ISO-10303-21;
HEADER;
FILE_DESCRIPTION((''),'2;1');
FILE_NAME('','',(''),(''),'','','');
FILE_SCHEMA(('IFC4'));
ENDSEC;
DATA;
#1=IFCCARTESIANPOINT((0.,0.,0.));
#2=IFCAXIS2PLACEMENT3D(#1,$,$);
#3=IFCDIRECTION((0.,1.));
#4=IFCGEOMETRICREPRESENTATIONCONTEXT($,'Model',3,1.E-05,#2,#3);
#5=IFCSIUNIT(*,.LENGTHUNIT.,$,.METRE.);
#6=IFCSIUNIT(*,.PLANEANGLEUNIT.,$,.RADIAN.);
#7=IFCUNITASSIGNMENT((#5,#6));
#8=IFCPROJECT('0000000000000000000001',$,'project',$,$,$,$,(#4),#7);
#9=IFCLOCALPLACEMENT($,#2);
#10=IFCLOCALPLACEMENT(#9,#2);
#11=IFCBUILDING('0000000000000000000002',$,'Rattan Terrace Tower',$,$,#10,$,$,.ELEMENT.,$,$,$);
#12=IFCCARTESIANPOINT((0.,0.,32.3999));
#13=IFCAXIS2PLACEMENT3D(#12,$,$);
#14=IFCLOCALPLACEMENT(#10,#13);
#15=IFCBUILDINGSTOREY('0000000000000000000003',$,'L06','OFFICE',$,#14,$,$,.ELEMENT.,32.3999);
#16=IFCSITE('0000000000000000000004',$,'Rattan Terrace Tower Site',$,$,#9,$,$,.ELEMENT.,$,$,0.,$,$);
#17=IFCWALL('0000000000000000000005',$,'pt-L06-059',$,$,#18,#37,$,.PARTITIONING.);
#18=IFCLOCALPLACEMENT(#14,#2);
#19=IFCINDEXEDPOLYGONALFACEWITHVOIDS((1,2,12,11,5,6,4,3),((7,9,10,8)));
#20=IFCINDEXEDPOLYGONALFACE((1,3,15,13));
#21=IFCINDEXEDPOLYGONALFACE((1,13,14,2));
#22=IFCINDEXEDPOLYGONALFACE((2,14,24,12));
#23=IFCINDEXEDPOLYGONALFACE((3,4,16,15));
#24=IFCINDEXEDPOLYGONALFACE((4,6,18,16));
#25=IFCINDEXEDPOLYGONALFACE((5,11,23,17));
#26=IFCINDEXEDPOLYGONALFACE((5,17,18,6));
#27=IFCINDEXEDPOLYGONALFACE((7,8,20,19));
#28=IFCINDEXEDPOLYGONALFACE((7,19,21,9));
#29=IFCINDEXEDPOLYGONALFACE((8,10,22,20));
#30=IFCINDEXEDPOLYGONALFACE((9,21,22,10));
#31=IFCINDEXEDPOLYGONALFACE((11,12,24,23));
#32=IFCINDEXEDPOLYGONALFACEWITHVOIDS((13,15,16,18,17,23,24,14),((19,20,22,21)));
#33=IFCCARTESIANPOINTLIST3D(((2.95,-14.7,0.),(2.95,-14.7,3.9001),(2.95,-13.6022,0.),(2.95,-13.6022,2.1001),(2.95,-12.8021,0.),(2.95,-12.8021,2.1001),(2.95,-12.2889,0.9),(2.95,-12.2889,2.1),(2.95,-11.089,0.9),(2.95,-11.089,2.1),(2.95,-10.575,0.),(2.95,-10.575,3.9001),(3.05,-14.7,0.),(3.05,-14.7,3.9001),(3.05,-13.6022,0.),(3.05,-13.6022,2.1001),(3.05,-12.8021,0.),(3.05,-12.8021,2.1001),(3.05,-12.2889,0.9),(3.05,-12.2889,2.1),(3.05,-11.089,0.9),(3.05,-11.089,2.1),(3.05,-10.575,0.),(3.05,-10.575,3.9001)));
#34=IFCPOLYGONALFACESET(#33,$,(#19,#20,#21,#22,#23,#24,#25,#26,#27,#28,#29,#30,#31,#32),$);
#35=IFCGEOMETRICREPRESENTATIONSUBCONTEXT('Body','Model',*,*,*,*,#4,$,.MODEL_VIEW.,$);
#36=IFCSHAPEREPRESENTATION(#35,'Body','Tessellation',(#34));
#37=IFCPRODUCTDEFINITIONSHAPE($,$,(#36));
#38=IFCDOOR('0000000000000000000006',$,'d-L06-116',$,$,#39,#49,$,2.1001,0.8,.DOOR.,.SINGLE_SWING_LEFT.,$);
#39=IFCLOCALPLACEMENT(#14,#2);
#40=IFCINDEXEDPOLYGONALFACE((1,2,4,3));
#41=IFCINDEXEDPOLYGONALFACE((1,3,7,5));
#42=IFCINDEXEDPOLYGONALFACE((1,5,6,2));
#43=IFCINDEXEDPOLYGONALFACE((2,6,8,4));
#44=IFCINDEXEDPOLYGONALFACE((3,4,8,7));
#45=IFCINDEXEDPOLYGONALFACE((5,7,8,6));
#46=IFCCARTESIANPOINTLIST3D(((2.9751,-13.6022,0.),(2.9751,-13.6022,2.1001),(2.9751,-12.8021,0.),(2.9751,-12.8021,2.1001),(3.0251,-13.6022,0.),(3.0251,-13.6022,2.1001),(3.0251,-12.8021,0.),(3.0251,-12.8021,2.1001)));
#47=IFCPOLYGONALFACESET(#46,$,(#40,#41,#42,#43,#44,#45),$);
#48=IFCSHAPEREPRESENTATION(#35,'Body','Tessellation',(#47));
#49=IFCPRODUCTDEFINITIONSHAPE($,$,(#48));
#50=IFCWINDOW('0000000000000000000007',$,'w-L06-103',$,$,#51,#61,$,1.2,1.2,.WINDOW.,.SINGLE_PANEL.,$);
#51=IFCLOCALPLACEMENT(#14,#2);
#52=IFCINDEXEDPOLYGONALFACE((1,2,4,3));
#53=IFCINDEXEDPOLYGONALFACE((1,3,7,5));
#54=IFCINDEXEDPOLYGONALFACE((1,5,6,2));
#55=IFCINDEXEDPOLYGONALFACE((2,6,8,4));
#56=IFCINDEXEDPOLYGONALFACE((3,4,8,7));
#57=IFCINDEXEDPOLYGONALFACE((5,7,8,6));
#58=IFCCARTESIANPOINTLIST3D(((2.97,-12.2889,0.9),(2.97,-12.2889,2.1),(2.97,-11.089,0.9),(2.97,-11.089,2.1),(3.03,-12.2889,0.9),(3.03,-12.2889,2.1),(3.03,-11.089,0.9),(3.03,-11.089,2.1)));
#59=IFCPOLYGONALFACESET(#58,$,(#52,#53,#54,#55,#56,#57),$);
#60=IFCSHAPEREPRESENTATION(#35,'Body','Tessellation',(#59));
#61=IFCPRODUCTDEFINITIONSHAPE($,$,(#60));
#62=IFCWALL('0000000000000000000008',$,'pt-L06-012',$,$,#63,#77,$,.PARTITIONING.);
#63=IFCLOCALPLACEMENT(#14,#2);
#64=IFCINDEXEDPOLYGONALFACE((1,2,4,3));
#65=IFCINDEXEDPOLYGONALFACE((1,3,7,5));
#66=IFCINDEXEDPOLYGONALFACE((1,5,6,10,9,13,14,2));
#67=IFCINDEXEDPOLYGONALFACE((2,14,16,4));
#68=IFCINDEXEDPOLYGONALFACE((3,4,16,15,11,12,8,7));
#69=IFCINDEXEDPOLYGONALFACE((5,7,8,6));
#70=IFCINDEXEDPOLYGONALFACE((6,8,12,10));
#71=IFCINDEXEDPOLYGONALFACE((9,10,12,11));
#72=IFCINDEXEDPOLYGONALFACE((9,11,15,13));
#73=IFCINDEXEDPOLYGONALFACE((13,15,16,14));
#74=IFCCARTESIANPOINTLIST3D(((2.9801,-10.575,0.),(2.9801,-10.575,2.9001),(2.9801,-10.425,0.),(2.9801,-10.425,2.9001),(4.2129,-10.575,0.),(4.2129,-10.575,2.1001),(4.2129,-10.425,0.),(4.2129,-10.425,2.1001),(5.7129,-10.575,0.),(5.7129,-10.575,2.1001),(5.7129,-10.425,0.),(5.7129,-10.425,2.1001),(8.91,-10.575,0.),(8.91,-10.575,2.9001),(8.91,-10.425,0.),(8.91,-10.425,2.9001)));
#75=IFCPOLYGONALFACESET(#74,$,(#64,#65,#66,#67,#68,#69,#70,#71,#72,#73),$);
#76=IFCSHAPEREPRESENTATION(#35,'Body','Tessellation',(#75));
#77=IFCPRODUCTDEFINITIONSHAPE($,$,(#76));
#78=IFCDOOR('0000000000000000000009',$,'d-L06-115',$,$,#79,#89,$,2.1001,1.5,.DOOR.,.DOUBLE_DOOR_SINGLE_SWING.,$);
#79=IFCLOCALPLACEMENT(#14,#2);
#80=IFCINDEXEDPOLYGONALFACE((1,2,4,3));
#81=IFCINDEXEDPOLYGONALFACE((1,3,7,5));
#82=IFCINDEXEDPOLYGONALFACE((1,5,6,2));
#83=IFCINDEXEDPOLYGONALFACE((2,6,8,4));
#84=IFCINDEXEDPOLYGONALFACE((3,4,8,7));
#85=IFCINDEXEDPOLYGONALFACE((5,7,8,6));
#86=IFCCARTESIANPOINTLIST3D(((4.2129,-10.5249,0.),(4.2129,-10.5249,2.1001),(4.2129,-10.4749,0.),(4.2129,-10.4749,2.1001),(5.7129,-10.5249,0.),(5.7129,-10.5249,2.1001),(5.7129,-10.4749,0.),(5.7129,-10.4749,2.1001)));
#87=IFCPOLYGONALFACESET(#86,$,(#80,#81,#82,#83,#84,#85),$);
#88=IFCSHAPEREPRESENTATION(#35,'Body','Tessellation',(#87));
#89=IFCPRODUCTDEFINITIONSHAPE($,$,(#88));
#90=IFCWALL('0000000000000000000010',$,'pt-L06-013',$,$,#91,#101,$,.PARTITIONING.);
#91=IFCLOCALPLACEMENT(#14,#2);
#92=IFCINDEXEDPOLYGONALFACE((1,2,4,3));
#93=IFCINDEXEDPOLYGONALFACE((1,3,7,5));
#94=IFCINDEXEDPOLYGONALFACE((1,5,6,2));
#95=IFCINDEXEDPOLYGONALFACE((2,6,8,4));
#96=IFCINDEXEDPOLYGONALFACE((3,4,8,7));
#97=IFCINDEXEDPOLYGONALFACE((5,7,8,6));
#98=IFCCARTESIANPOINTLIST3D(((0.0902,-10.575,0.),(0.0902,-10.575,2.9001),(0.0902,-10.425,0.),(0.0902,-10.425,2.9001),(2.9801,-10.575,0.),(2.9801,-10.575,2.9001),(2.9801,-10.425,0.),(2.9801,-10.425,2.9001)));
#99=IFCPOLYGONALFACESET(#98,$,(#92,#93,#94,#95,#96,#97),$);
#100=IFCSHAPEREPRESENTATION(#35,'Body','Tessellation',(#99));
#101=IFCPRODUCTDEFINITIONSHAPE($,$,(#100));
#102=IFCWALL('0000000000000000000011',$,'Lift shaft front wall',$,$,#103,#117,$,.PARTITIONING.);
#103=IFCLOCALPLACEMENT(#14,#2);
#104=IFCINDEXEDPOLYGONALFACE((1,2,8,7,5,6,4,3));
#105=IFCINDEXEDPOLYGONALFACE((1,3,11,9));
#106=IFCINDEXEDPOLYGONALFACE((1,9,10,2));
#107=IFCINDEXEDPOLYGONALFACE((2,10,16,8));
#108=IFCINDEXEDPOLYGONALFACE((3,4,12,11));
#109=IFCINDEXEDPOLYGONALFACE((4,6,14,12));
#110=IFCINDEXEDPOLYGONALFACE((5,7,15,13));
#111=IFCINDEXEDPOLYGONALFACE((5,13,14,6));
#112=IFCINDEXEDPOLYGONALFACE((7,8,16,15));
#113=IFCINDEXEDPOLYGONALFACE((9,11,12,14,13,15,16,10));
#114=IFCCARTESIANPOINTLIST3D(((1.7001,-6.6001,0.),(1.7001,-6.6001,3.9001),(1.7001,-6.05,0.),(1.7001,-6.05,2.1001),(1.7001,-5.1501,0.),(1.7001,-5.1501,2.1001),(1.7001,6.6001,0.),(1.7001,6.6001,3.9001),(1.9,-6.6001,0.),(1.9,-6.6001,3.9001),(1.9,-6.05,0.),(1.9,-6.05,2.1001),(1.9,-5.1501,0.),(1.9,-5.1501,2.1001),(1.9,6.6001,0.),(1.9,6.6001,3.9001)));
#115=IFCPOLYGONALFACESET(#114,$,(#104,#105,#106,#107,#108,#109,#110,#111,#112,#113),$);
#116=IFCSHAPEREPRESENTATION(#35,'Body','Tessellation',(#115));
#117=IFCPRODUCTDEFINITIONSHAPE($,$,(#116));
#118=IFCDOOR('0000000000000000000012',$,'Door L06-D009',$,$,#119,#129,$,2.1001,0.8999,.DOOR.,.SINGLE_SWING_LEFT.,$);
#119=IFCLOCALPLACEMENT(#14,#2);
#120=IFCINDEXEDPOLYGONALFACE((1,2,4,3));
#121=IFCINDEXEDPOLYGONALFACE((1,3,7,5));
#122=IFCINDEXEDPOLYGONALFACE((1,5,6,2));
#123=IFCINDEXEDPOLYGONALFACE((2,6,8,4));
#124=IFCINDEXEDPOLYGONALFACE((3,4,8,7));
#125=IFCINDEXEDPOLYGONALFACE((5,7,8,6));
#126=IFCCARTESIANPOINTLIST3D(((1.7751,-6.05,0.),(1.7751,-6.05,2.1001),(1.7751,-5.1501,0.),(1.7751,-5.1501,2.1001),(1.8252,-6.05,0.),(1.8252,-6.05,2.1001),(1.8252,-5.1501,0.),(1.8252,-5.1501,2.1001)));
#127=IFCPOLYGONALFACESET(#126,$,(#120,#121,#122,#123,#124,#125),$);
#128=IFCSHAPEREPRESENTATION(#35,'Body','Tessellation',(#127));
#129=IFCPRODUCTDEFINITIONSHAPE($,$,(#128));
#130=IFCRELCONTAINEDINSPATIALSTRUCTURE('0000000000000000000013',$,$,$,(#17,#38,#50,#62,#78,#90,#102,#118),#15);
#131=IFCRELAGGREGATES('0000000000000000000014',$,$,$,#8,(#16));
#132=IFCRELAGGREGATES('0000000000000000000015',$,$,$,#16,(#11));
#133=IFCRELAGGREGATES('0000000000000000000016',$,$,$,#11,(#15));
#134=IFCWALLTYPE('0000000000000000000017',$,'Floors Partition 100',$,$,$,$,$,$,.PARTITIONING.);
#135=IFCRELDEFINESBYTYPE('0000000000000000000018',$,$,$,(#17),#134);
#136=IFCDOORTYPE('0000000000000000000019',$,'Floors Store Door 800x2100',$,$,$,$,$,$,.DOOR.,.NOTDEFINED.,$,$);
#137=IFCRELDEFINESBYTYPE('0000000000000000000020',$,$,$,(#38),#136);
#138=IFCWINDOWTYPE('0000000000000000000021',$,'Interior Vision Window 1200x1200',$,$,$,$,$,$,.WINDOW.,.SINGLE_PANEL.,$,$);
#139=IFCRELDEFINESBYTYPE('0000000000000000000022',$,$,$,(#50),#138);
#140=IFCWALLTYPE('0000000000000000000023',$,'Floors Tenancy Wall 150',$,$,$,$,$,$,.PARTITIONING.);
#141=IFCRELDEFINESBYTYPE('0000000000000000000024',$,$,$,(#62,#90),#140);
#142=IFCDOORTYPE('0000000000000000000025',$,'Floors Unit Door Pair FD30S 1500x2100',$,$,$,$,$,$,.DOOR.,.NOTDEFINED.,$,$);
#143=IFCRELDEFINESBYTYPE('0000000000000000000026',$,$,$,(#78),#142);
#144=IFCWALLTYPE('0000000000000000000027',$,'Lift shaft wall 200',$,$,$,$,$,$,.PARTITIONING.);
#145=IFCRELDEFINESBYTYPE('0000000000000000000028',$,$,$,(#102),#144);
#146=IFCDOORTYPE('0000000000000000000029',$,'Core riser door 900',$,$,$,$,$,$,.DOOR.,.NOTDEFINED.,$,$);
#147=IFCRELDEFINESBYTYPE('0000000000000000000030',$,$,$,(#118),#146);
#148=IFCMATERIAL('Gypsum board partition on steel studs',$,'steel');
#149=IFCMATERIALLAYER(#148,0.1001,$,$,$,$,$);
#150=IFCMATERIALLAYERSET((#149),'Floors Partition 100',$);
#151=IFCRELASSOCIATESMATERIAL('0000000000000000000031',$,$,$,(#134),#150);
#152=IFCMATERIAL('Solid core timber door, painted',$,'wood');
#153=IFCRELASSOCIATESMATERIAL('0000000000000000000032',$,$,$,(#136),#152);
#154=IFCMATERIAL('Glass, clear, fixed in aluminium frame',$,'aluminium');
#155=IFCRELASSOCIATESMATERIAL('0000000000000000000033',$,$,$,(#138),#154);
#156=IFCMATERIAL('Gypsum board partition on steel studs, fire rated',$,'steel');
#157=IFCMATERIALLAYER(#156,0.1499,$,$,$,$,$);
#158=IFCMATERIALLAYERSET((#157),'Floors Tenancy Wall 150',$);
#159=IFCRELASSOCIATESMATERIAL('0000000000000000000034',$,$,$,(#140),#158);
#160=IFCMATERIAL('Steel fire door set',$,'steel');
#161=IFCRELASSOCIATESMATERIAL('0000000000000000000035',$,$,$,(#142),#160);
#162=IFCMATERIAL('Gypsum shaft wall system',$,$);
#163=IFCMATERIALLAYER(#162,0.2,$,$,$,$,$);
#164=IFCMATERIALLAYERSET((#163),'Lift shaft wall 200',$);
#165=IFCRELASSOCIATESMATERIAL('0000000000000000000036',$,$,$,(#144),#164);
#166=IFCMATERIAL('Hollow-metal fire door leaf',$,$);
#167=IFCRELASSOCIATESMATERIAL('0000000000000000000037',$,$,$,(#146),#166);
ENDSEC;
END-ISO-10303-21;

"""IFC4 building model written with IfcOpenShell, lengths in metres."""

from ifc_helpers import new_model, si_unit, direction, frame, frame_2d, origin, place, context, subcontext, project, spatial, rectangle, extrude, material, layer, layer_set, type_object, element, fill, save


model = new_model("IFC4")

# Units and contexts
model_context = context("Model", 3, precision=1e-05, world=origin(), true_north=direction((0.0, 1.0)))
body_context = subcontext(model_context, "Body", "Model", "MODEL_VIEW")
ifc_project = project(units=[si_unit("LENGTHUNIT", "METRE"), si_unit("PLANEANGLEUNIT", "RADIAN")], contexts=[model_context])

# Site, building, storey
site_placement = place(None, origin())
site = spatial("IfcSite", under=ifc_project, at=site_placement, Name="Rattan Terrace Tower Site", CompositionType="ELEMENT", RefElevation=0.0)
building_placement = place(site_placement, origin())
building = spatial("IfcBuilding", under=site, at=building_placement, Name="Rattan Terrace Tower", CompositionType="ELEMENT")
storey_placement = place(building_placement, frame((0.0, 0.0, 32.3999)))
storey = spatial("IfcBuildingStorey", under=building, at=storey_placement, Name="L06", Description="OFFICE", CompositionType="ELEMENT", Elevation=32.3999)

# Shared definitions
ifc_material_1 = material(Name="Gypsum board partition on steel studs", Category="steel")
ifc_layer_1 = layer(ifc_material_1, 0.1001)
ifc_layer_set_1 = layer_set([ifc_layer_1], Name="Floors Partition 100")
wall_type_1 = type_object("IfcWallType", Name="Floors Partition 100", PredefinedType="PARTITIONING", material=ifc_layer_set_1)

# Wall, openings, door, window
wall_1_placement = place(storey_placement, frame((3.0, -14.7, 0.0), z_axis=(0.0, 0.0, 1.0), x_axis=(0.0, 1.0, 0.0)))
wall_1 = element("IfcWall", 1, at=wall_1_placement, inside=storey, type_object=wall_type_1, Name="pt-L06-059", PredefinedType="PARTITIONING", context=body_context, shape_type="SweptSolid", body=[
    extrude(rectangle(XDim=4.125, YDim=0.1001, at=frame_2d((2.0625, 0.0))), origin(), (0.0, 0.0, 1.0), 3.9001),
])
opening_1_placement = place(wall_1_placement, frame((1.0979, 0.0, 0.0)))
opening_1 = element("IfcOpeningElement", 2, at=opening_1_placement, cuts=wall_1, PredefinedType="OPENING", context=body_context, shape_type="SweptSolid", body=[
    extrude(rectangle(XDim=0.8, YDim=2.1001, at=frame_2d((0.3999, 1.05))), frame((0.0, 0.0605, 0.0), z_axis=(0.0, -1.0, 0.0), x_axis=(1.0, 0.0, 0.0)), (0.0, 0.0, 1.0), 0.1211),
])
opening_2_placement = place(wall_1_placement, frame((2.4109, 0.0, 0.8999)))
opening_2 = element("IfcOpeningElement", 3, at=opening_2_placement, cuts=wall_1, PredefinedType="OPENING", context=body_context, shape_type="SweptSolid", body=[
    extrude(rectangle(XDim=1.2, YDim=1.2, at=frame_2d((0.6001, 0.6001))), frame((0.0, 0.0605, 0.0), z_axis=(0.0, -1.0, 0.0), x_axis=(1.0, 0.0, 0.0)), (0.0, 0.0, 1.0), 0.1211),
])
ifc_material_2 = material(Name="Solid core timber door, painted", Category="wood")
door_type_1 = type_object("IfcDoorType", Name="Floors Store Door 800x2100", OperationType="NOTDEFINED", PredefinedType="DOOR", material=ifc_material_2)
door_1_placement = place(opening_1_placement, origin())
door_1 = element("IfcDoor", 4, at=door_1_placement, inside=storey, type_object=door_type_1, Name="d-L06-116", OperationType="SINGLE_SWING_LEFT", OverallHeight=2.1001, OverallWidth=0.8, PredefinedType="DOOR", context=body_context, shape_type="SweptSolid", body=[
    extrude(rectangle(XDim=0.8, YDim=2.1001, at=frame_2d((0.3999, 1.05))), frame((0.0, 0.0249, 0.0), z_axis=(0.0, -1.0, 0.0), x_axis=(1.0, 0.0, 0.0)), (0.0, 0.0, 1.0), 0.05),
])
fill(opening_1, door_1)
ifc_material_3 = material(Name="Glass, clear, fixed in aluminium frame", Category="aluminium")
window_type_1 = type_object("IfcWindowType", Name="Interior Vision Window 1200x1200", PartitioningType="SINGLE_PANEL", PredefinedType="WINDOW", material=ifc_material_3)
window_1_placement = place(opening_2_placement, origin())
window_1 = element("IfcWindow", 5, at=window_1_placement, inside=storey, type_object=window_type_1, Name="w-L06-103", OverallHeight=1.2, OverallWidth=1.2, PartitioningType="SINGLE_PANEL", PredefinedType="WINDOW", context=body_context, shape_type="SweptSolid", body=[
    extrude(rectangle(XDim=1.2, YDim=1.2, at=frame_2d((0.6001, 0.6001))), frame((0.0, 0.03, 0.0), z_axis=(0.0, -1.0, 0.0), x_axis=(1.0, 0.0, 0.0)), (0.0, 0.0, 1.0), 0.0601),
])
fill(opening_2, window_1)

# Wall, opening, door
ifc_material_4 = material(Name="Gypsum board partition on steel studs, fire rated", Category="steel")
ifc_layer_2 = layer(ifc_material_4, 0.1499)
ifc_layer_set_2 = layer_set([ifc_layer_2], Name="Floors Tenancy Wall 150")
wall_type_2 = type_object("IfcWallType", Name="Floors Tenancy Wall 150", PredefinedType="PARTITIONING", material=ifc_layer_set_2)
wall_2_placement = place(storey_placement, frame((8.9099, -10.5, 0.0), z_axis=(0.0, 0.0, 1.0), x_axis=(-1.0, 0.0, 0.0)))
wall_2 = element("IfcWall", 6, at=wall_2_placement, inside=storey, type_object=wall_type_2, Name="pt-L06-012", PredefinedType="PARTITIONING", context=body_context, shape_type="SweptSolid", body=[
    extrude(rectangle(XDim=5.9299, YDim=0.1499, at=frame_2d((2.9648, 0.0))), origin(), (0.0, 0.0, 1.0), 2.9001),
])
opening_3_placement = place(wall_2_placement, frame((3.197, 0.0, 0.0)))
opening_3 = element("IfcOpeningElement", 7, at=opening_3_placement, cuts=wall_2, PredefinedType="OPENING", context=body_context, shape_type="SweptSolid", body=[
    extrude(rectangle(XDim=1.5, YDim=2.1001, at=frame_2d((0.75, 1.05))), frame((0.0, 0.0854, 0.0), z_axis=(0.0, -1.0, 0.0), x_axis=(1.0, 0.0, 0.0)), (0.0, 0.0, 1.0), 0.1709),
])
ifc_material_5 = material(Name="Steel fire door set", Category="steel")
door_type_2 = type_object("IfcDoorType", Name="Floors Unit Door Pair FD30S 1500x2100", OperationType="NOTDEFINED", PredefinedType="DOOR", material=ifc_material_5)
door_2_placement = place(opening_3_placement, origin())
door_2 = element("IfcDoor", 8, at=door_2_placement, inside=storey, type_object=door_type_2, Name="d-L06-115", OperationType="DOUBLE_DOOR_SINGLE_SWING", OverallHeight=2.1001, OverallWidth=1.5, PredefinedType="DOOR", context=body_context, shape_type="SweptSolid", body=[
    extrude(rectangle(XDim=1.5, YDim=2.1001, at=frame_2d((0.75, 1.05))), frame((0.0, 0.0249, 0.0), z_axis=(0.0, -1.0, 0.0), x_axis=(1.0, 0.0, 0.0)), (0.0, 0.0, 1.0), 0.05),
])
fill(opening_3, door_2)

# Wall
wall_3_placement = place(storey_placement, frame((2.98, -10.5, 0.0), z_axis=(0.0, 0.0, 1.0), x_axis=(-1.0, 0.0, 0.0)))
element("IfcWall", 9, at=wall_3_placement, inside=storey, type_object=wall_type_2, Name="pt-L06-013", PredefinedType="PARTITIONING", context=body_context, shape_type="SweptSolid", body=[
    extrude(rectangle(XDim=2.8899, YDim=0.1499, at=frame_2d((1.4448, 0.0))), origin(), (0.0, 0.0, 1.0), 2.9001),
])

# Wall, opening, door
ifc_material_6 = material(Name="Gypsum shaft wall system")
ifc_layer_3 = layer(ifc_material_6, 0.2)
ifc_layer_set_3 = layer_set([ifc_layer_3], Name="Lift shaft wall 200")
wall_type_3 = type_object("IfcWallType", Name="Lift shaft wall 200", PredefinedType="PARTITIONING", material=ifc_layer_set_3)
wall_4_placement = place(storey_placement, frame((1.8, -6.6001, 0.0), z_axis=(0.0, 0.0, 1.0), x_axis=(0.0, 1.0, 0.0)))
wall_4 = element("IfcWall", 10, at=wall_4_placement, inside=storey, type_object=wall_type_3, Name="Lift shaft front wall", PredefinedType="PARTITIONING", context=body_context, shape_type="SweptSolid", body=[
    extrude(rectangle(XDim=13.2002, YDim=0.2, at=frame_2d((6.6001, 0.0))), origin(), (0.0, 0.0, 1.0), 3.9001),
])
opening_4_placement = place(wall_4_placement, frame((0.55, 0.0, 0.0)))
opening_4 = element("IfcOpeningElement", 11, at=opening_4_placement, cuts=wall_4, PredefinedType="OPENING", context=body_context, shape_type="SweptSolid", body=[
    extrude(rectangle(XDim=0.8999, YDim=2.1001, at=frame_2d((0.45, 1.05))), frame((0.0, 0.1106, 0.0), z_axis=(0.0, -1.0, 0.0), x_axis=(1.0, 0.0, 0.0)), (0.0, 0.0, 1.0), 0.2209),
])
ifc_material_7 = material(Name="Hollow-metal fire door leaf")
door_type_3 = type_object("IfcDoorType", Name="Core riser door 900", OperationType="NOTDEFINED", PredefinedType="DOOR", material=ifc_material_7)
door_3_placement = place(opening_4_placement, origin())
door_3 = element("IfcDoor", 12, at=door_3_placement, inside=storey, type_object=door_type_3, Name="Door L06-D009", OperationType="SINGLE_SWING_LEFT", OverallHeight=2.1001, OverallWidth=0.8999, PredefinedType="DOOR", context=body_context, shape_type="SweptSolid", body=[
    extrude(rectangle(XDim=0.8999, YDim=2.1001, at=frame_2d((0.45, 1.05))), frame((0.0, 0.0249, 0.0), z_axis=(0.0, -1.0, 0.0), x_axis=(1.0, 0.0, 0.0)), (0.0, 0.0, 1.0), 0.05),
])
fill(opening_4, door_3)

save(model, "model.ifc")
